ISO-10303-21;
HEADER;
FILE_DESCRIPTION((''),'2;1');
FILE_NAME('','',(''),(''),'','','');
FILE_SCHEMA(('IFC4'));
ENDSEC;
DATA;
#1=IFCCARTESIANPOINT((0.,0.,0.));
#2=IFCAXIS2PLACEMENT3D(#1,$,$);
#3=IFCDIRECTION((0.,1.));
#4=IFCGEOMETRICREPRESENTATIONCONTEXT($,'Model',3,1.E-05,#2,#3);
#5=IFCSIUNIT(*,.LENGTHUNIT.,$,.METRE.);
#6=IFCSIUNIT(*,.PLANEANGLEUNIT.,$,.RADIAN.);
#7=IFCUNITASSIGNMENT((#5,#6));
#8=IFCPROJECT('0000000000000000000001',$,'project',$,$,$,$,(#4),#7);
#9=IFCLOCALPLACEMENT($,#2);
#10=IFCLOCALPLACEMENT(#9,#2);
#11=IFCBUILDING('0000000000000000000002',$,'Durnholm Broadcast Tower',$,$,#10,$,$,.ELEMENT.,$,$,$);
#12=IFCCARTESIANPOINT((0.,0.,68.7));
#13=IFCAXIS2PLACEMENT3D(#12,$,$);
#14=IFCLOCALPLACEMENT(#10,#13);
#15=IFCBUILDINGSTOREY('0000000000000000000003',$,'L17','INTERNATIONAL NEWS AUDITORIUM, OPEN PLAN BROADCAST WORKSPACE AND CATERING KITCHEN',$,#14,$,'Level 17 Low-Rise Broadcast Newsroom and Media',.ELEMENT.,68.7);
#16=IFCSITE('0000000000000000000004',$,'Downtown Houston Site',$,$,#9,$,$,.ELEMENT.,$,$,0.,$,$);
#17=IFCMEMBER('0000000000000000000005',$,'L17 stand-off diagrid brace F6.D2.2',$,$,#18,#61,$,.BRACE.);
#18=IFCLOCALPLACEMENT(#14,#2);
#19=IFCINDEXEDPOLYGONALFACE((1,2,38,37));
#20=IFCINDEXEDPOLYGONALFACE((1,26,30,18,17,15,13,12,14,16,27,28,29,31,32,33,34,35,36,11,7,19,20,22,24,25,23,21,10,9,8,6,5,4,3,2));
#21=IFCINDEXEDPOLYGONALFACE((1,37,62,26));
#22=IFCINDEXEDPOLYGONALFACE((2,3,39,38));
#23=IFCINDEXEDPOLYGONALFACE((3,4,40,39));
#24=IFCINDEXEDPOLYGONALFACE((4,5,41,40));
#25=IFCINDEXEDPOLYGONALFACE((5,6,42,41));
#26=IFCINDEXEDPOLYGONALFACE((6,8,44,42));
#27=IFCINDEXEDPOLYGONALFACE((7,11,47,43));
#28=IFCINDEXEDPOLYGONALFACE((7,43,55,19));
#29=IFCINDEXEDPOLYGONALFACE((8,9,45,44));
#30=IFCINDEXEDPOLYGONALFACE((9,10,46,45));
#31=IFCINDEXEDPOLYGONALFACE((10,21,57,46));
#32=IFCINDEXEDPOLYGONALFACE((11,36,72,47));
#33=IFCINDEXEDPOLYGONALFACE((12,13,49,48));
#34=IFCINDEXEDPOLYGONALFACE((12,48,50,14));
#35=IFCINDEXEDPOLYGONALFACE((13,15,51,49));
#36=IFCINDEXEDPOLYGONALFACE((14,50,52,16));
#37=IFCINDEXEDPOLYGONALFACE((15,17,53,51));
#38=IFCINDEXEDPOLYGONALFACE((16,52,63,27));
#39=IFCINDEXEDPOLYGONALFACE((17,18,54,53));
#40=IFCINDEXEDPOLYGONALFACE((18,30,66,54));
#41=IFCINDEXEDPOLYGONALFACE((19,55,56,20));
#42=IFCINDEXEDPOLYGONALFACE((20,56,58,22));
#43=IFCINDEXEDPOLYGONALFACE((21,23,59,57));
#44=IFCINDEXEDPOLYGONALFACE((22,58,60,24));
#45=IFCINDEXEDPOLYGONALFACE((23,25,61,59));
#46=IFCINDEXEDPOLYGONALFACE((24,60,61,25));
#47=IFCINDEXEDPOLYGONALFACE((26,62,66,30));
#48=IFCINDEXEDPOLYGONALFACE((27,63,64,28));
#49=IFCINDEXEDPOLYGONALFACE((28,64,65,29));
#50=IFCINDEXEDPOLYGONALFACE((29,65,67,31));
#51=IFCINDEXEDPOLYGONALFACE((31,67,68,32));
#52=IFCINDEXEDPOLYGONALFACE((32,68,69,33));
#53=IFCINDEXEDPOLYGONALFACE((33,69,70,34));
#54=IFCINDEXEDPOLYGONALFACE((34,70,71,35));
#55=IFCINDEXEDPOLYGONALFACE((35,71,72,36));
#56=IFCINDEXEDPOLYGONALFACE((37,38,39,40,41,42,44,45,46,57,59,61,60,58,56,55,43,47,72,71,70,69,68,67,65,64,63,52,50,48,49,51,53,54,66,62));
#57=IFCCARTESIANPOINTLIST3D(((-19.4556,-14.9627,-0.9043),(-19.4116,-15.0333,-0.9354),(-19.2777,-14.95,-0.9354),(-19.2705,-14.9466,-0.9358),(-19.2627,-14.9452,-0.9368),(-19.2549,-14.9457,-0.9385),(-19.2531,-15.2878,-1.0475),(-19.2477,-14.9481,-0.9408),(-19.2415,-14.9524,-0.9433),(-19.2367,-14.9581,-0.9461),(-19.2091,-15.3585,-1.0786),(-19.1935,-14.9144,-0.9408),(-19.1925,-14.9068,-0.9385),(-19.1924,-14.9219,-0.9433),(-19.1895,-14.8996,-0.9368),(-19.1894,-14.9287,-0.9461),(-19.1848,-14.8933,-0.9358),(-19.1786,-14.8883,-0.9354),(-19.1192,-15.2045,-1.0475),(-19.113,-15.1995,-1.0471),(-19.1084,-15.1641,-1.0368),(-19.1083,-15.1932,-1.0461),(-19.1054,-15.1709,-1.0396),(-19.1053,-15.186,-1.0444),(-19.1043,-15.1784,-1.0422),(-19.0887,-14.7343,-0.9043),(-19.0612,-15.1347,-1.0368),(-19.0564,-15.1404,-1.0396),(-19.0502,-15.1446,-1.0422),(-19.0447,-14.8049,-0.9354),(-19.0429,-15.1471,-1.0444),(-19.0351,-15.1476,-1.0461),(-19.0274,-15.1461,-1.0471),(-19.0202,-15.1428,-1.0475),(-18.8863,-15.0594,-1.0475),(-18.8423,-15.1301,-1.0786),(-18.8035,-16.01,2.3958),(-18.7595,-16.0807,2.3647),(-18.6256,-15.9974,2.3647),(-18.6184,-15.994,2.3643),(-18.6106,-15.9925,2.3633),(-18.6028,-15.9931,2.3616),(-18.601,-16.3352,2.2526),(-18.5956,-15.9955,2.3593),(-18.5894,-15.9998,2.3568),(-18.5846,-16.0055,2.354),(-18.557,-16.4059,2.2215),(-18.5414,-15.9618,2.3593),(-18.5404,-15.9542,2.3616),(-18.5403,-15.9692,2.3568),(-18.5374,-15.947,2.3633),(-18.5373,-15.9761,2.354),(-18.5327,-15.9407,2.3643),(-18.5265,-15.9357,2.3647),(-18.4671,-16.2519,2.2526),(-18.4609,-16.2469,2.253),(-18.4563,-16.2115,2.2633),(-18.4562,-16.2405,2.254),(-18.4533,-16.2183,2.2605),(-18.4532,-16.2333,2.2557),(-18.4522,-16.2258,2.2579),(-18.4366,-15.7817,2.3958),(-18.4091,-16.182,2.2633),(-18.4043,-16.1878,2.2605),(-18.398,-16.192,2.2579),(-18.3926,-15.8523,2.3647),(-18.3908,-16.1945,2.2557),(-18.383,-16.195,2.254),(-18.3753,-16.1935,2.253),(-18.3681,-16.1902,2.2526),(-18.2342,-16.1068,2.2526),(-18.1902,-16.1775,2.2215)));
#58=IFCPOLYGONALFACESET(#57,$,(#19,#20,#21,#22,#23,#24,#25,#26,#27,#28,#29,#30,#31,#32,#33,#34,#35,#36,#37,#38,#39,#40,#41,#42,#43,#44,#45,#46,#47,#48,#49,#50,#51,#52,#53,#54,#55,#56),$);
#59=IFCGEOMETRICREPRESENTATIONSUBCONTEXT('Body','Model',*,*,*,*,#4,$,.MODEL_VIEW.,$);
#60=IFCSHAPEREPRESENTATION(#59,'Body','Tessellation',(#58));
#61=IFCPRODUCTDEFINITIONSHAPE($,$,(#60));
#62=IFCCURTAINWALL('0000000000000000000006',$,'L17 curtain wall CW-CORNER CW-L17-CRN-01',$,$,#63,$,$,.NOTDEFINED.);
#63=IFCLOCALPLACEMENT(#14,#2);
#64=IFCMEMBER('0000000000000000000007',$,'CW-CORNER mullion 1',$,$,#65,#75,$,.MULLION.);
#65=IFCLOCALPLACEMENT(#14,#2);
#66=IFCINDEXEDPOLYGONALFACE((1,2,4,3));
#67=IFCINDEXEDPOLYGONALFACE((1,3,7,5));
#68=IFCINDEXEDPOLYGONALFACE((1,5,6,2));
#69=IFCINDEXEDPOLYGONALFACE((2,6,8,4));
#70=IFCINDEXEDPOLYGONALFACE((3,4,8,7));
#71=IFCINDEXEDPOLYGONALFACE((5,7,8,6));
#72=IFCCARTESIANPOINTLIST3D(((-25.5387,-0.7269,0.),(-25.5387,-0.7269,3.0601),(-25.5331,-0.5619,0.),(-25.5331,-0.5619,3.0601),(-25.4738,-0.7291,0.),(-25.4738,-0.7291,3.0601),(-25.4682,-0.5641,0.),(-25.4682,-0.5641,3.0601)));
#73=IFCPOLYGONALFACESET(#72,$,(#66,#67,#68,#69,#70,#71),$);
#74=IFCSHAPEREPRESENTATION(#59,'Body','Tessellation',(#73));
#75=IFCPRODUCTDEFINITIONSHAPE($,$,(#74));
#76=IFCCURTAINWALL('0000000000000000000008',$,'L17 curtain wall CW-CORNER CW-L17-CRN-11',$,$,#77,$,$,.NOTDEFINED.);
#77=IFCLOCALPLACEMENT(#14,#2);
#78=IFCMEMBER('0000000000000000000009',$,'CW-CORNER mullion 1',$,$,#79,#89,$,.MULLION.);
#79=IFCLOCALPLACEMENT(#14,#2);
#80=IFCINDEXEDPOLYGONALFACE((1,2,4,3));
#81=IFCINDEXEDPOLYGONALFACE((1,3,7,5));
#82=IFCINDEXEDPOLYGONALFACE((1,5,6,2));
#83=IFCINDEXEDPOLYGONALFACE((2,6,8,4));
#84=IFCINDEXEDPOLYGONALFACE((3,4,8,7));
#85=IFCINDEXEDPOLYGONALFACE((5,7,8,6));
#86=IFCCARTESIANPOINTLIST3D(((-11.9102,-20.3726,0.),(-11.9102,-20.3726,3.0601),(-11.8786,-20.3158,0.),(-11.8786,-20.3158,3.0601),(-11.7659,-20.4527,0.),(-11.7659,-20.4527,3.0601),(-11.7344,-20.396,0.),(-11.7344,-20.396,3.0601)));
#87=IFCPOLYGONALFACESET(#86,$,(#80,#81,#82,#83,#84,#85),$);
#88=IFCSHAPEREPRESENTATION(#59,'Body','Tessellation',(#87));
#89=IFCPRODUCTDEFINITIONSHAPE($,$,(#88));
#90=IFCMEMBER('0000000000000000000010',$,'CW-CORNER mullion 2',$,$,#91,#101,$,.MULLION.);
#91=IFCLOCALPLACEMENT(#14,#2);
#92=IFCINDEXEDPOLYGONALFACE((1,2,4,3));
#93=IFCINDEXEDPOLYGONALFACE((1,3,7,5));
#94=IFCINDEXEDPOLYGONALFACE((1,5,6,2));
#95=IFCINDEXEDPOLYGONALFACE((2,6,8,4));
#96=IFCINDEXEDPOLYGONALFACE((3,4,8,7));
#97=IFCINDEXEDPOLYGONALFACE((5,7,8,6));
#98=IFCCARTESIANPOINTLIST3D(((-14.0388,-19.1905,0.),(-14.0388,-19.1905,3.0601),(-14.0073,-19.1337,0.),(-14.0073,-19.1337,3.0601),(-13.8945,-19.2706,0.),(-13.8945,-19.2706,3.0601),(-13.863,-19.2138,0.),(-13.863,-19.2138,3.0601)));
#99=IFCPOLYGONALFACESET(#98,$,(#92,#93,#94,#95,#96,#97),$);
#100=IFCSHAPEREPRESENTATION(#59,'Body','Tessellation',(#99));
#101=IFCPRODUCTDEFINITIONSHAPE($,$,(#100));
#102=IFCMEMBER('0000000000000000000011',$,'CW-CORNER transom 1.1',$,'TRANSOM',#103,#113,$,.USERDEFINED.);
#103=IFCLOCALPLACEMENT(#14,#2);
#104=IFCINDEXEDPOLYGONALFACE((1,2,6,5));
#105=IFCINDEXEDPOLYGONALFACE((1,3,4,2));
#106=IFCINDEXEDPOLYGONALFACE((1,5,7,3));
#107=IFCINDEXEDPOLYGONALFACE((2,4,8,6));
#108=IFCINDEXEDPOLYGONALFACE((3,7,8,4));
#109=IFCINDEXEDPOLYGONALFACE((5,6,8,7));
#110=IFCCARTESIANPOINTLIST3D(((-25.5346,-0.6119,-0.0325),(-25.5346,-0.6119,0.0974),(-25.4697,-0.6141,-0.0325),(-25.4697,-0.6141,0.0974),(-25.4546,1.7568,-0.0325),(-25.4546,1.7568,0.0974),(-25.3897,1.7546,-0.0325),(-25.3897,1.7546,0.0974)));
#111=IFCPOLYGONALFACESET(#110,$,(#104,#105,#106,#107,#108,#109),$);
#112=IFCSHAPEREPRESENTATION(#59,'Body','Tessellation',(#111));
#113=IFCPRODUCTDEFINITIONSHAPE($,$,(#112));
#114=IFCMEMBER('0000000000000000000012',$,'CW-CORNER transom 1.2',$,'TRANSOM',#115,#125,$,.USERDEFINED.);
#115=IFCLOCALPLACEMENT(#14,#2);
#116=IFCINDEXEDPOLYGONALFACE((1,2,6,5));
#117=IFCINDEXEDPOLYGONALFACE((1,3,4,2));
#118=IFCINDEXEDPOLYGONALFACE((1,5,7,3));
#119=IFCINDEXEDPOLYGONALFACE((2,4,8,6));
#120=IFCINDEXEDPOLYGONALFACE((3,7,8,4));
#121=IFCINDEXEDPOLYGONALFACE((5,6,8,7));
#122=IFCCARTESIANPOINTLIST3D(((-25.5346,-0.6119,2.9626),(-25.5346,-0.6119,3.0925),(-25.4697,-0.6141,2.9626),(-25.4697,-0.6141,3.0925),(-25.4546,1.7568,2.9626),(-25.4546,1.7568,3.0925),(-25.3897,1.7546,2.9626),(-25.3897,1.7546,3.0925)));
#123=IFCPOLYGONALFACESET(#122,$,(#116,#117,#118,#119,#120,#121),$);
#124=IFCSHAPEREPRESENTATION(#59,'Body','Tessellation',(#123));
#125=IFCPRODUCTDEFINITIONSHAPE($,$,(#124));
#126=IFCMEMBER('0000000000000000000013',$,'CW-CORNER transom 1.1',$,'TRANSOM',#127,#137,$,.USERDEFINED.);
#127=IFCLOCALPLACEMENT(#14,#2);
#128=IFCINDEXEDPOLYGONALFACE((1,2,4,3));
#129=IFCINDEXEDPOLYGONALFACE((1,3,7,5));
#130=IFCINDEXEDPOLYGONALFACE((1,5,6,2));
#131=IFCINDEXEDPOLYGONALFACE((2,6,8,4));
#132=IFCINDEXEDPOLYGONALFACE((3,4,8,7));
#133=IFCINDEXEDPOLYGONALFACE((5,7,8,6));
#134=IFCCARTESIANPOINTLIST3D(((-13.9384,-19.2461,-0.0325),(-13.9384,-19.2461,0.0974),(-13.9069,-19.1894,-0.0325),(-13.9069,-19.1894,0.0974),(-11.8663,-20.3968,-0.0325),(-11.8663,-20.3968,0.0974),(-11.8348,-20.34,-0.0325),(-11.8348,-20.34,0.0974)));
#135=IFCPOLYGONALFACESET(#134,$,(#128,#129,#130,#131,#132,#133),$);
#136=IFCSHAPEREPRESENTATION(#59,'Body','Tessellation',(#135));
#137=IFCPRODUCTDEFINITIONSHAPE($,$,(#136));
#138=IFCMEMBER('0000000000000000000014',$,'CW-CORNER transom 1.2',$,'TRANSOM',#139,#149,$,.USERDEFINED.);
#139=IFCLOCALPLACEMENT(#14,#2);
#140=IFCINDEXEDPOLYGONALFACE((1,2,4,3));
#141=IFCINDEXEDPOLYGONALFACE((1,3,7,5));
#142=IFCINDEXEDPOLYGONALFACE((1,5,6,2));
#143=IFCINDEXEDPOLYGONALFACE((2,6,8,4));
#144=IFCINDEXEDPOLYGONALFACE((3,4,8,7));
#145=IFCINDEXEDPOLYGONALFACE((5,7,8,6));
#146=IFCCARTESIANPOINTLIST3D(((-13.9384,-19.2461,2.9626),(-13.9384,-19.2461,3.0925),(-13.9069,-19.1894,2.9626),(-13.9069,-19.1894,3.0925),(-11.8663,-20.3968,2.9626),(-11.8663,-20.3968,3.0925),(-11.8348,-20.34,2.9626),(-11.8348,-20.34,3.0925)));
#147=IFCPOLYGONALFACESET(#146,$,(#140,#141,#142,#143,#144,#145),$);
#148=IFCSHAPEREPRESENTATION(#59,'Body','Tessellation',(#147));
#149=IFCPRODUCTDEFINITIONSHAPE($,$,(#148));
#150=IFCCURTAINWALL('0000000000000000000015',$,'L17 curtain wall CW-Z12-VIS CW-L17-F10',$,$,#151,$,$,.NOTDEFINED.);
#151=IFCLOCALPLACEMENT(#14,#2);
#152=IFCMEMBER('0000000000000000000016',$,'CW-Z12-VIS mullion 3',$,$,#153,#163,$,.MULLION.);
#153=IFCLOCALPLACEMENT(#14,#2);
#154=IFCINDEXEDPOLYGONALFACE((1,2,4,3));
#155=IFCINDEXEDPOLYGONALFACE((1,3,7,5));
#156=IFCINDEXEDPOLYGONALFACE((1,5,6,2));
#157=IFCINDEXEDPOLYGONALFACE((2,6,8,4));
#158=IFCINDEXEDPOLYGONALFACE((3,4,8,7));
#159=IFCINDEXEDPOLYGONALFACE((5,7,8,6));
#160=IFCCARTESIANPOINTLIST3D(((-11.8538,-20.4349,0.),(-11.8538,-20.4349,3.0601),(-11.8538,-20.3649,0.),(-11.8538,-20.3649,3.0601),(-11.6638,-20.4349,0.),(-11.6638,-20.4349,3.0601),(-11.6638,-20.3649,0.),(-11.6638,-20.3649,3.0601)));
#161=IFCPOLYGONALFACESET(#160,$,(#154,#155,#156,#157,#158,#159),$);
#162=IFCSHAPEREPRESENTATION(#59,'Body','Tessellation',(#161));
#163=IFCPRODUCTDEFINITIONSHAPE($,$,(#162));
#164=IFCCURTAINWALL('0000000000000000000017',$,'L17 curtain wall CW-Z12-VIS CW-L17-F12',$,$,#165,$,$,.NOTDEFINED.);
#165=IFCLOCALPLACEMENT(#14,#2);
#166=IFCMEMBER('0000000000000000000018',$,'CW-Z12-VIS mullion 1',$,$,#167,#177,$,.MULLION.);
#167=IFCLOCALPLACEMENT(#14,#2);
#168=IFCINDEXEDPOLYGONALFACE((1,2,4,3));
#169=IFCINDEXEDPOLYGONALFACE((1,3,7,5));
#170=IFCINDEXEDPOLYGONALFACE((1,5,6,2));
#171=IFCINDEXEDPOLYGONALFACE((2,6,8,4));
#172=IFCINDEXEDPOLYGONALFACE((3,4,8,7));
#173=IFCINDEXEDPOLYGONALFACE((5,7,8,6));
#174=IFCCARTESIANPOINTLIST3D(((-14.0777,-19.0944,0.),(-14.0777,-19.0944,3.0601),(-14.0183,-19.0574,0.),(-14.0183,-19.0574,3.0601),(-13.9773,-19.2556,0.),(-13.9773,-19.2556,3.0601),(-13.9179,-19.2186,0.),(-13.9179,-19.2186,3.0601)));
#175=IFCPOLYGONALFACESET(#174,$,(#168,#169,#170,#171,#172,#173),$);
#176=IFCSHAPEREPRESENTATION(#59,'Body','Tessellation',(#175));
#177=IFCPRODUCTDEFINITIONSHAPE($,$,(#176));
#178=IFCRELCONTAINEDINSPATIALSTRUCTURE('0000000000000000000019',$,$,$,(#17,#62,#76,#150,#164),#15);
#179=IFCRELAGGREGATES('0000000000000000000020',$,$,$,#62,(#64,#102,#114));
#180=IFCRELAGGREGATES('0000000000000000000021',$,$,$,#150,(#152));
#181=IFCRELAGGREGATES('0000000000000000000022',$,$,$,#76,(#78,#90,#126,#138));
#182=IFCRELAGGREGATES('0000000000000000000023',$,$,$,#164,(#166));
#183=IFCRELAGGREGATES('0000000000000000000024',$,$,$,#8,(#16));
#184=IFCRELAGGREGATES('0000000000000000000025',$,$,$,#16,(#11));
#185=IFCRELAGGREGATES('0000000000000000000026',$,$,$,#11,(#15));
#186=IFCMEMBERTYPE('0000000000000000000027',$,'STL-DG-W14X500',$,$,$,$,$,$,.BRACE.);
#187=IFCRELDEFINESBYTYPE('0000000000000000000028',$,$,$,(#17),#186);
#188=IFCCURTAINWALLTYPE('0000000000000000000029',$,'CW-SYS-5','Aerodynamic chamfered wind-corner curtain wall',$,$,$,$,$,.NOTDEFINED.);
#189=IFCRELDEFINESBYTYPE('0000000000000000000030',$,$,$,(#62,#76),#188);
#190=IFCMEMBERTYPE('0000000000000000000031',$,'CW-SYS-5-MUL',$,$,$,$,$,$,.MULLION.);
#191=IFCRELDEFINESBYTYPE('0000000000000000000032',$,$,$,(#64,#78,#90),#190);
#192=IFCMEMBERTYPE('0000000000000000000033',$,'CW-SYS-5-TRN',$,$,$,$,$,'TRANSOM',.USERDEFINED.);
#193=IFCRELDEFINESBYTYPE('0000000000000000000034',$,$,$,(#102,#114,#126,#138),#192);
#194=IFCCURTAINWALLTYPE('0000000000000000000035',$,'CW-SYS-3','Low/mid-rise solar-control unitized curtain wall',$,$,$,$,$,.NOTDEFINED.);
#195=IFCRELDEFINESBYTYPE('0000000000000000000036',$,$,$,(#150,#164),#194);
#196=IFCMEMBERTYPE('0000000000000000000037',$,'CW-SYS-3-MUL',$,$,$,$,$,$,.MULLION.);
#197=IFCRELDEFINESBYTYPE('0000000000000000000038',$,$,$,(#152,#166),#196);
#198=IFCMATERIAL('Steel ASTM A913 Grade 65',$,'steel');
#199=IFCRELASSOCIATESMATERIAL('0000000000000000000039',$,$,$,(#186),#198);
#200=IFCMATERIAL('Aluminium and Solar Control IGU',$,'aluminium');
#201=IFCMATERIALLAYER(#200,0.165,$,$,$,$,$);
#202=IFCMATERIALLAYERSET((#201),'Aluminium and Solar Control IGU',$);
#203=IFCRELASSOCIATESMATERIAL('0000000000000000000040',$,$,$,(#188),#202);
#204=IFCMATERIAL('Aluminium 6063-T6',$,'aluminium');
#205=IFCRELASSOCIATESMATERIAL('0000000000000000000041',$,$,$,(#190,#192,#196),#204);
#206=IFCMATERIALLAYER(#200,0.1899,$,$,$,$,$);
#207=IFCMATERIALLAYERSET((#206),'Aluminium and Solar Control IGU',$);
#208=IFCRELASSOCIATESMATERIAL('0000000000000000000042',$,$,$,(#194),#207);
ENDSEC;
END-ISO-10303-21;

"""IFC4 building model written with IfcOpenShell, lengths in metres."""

from ifc_helpers import new_model, si_unit, direction, frame, origin, origin_2d, place, context, subcontext, project, spatial, rectangle, i_section, extrude, source, transform, mapped, material, layer, layer_set, material_profile, profile_set, type_object, type_shapes, element, aggregate, save


model = new_model("IFC4")

# Units and contexts
model_context = context("Model", 3, precision=1e-05, world=origin(), true_north=direction((0.0, 1.0)))
body_context = subcontext(model_context, "Body", "Model", "MODEL_VIEW")
ifc_project = project(units=[si_unit("LENGTHUNIT", "METRE"), si_unit("PLANEANGLEUNIT", "RADIAN")], contexts=[model_context])

# Site, building, storey
site_placement = place(None, origin())
site = spatial("IfcSite", under=ifc_project, at=site_placement, Name="Downtown Houston Site", CompositionType="ELEMENT", RefElevation=0.0)
building_placement = place(site_placement, origin())
building = spatial("IfcBuilding", under=site, at=building_placement, Name="Durnholm Broadcast Tower", CompositionType="ELEMENT")
storey_placement = place(building_placement, frame((0.0, 0.0, 68.7)))
storey = spatial("IfcBuildingStorey", under=building, at=storey_placement, Name="L17", Description="INTERNATIONAL NEWS AUDITORIUM, OPEN PLAN BROADCAST WORKSPACE AND CATERING KITCHEN", LongName="Level 17 Low-Rise Broadcast Newsroom and Media", CompositionType="ELEMENT", Elevation=68.7)

# Member
ifc_material_1 = material(Name="Steel ASTM A913 Grade 65", Category="steel")
ifc_material_profile_1 = material_profile(ifc_material_1, i_section(OverallWidth=0.4321, OverallDepth=0.4978, WebThickness=0.0557, FlangeThickness=0.0889, FilletRadius=0.0305, at=origin_2d()), Name="W14X500")
ifc_profile_set_1 = profile_set([ifc_material_profile_1], Name="Steel ASTM A913 Grade 65")
member_type_1 = type_object("IfcMemberType", Name="STL-DG-W14X500", PredefinedType="BRACE", material=ifc_profile_set_1)
shared_shape_1 = source(origin(), body_context, "Body", "SweptSolid", [
    extrude(i_section(OverallWidth=0.4321, OverallDepth=0.4978, WebThickness=0.0557, FlangeThickness=0.0889, FilletRadius=0.0305, at=origin_2d()), origin(), (0.0, 0.0, 1.0), 3.5232),
])
type_shapes(member_type_1, [shared_shape_1])
for number, where, z_axis, x_axis, name in (
    (1, (-19.1489, -15.0464, -0.9915), (0.18509, -0.297281, 0.936678), (0.848909, 0.52854, 0.0), "L17 stand-off diagrid brace F6.D2.2"),
):
    element("IfcMember", number, at=place(storey_placement, frame(where, z_axis=z_axis, x_axis=x_axis)), inside=storey, type_object=member_type_1, Name=name, PredefinedType="BRACE", context=body_context, shape_type="MappedRepresentation", body=[
        mapped(shared_shape_1, transform((0.0, 0.0, 0.0), x_axis=(1.0, 0.0, 0.0), y_axis=(0.0, 1.0, 0.0), z_axis=(0.0, 0.0, 1.0), scale=1.0)),
    ])

# Curtain wall, member
ifc_material_2 = material(Name="Aluminium and Solar Control IGU", Category="aluminium")
ifc_layer_1 = layer(ifc_material_2, 0.165)
ifc_layer_set_1 = layer_set([ifc_layer_1], Name="Aluminium and Solar Control IGU")
curtain_wall_type_1 = type_object("IfcCurtainWallType", Name="CW-SYS-5", Description="Aerodynamic chamfered wind-corner curtain wall", PredefinedType="NOTDEFINED", material=ifc_layer_set_1)
curtain_wall_1_placement = place(storey_placement, origin())
curtain_wall_1 = element("IfcCurtainWall", 2, at=curtain_wall_1_placement, inside=storey, type_object=curtain_wall_type_1, Name="L17 curtain wall CW-CORNER CW-L17-CRN-01", PredefinedType="NOTDEFINED")
ifc_material_3 = material(Name="Aluminium 6063-T6", Category="aluminium")
ifc_material_profile_2 = material_profile(ifc_material_3, rectangle(XDim=0.0649, YDim=0.165, at=origin_2d()), Name="CWM65X165")
ifc_profile_set_2 = profile_set([ifc_material_profile_2], Name="Aluminium 6063-T6")
member_type_2 = type_object("IfcMemberType", Name="CW-SYS-5-MUL", PredefinedType="MULLION", material=ifc_profile_set_2)
shared_shape_2 = source(origin(), body_context, "Body", "SweptSolid", [
    extrude(rectangle(XDim=0.0649, YDim=0.165, at=origin_2d()), origin(), (0.0, 0.0, 1.0), 3.0601),
])
type_shapes(member_type_2, [shared_shape_2])
member_1_placement = place(storey_placement, frame((-25.5034, -0.6455, 0.0), z_axis=(0.0, 0.0, 1.0), x_axis=(-0.999427, 0.03384, 0.0)))
member_1 = element("IfcMember", 3, at=member_1_placement, type_object=member_type_2, Name="CW-CORNER mullion 1", PredefinedType="MULLION", context=body_context, shape_type="MappedRepresentation", body=[
    mapped(shared_shape_2, transform((0.0, 0.0, 0.0), x_axis=(1.0, 0.0, 0.0), y_axis=(0.0, 1.0, 0.0), z_axis=(0.0, 0.0, 1.0), scale=1.0)),
])

# Curtain wall, members
curtain_wall_2_placement = place(storey_placement, origin())
curtain_wall_2 = element("IfcCurtainWall", 4, at=curtain_wall_2_placement, inside=storey, type_object=curtain_wall_type_1, Name="L17 curtain wall CW-CORNER CW-L17-CRN-11", PredefinedType="NOTDEFINED")
member_2_placement = place(storey_placement, frame((-11.8223, -20.3843, 0.0), z_axis=(0.0, 0.0, 1.0), x_axis=(-0.485483, -0.874246, 0.0)))
member_2 = element("IfcMember", 5, at=member_2_placement, type_object=member_type_2, Name="CW-CORNER mullion 1", PredefinedType="MULLION", context=body_context, shape_type="MappedRepresentation", body=[
    mapped(shared_shape_2, transform((0.0, 0.0, 0.0), x_axis=(1.0, 0.0, 0.0), y_axis=(0.0, 1.0, 0.0), z_axis=(0.0, 0.0, 1.0), scale=1.0)),
])
member_3_placement = place(storey_placement, frame((-13.9509, -19.2021, 0.0), z_axis=(0.0, 0.0, 1.0), x_axis=(-0.485483, -0.874246, 0.0)))
member_3 = element("IfcMember", 6, at=member_3_placement, type_object=member_type_2, Name="CW-CORNER mullion 2", PredefinedType="MULLION", context=body_context, shape_type="MappedRepresentation", body=[
    mapped(shared_shape_2, transform((0.0, 0.0, 0.0), x_axis=(1.0, 0.0, 0.0), y_axis=(0.0, 1.0, 0.0), z_axis=(0.0, 0.0, 1.0), scale=1.0)),
])

# Members
ifc_material_profile_3 = material_profile(ifc_material_3, rectangle(XDim=0.0649, YDim=0.1299, at=origin_2d()), Name="CWT65X130")
ifc_profile_set_3 = profile_set([ifc_material_profile_3], Name="Aluminium 6063-T6")
member_type_3 = type_object("IfcMemberType", Name="CW-SYS-5-TRN", ElementType="TRANSOM", PredefinedType="USERDEFINED", material=ifc_profile_set_3)
shared_shape_3 = source(origin(), body_context, "Body", "SweptSolid", [
    extrude(rectangle(XDim=0.0649, YDim=0.1299, at=origin_2d()), origin(), (0.0, 0.0, 1.0), 2.3701),
])
type_shapes(member_type_3, [shared_shape_3])
member_4_placement = place(storey_placement, frame((-25.5022, -0.613, 0.0325), z_axis=(0.033788, 0.999429, 0.0), x_axis=(-0.999429, 0.033788, 0.0)))
member_4 = element("IfcMember", 7, at=member_4_placement, type_object=member_type_3, Name="CW-CORNER transom 1.1", ObjectType="TRANSOM", PredefinedType="USERDEFINED", context=body_context, shape_type="MappedRepresentation", body=[
    mapped(shared_shape_3, transform((0.0, 0.0, 0.0), x_axis=(1.0, 0.0, 0.0), y_axis=(0.0, 1.0, 0.0), z_axis=(0.0, 0.0, 1.0), scale=1.0)),
])
member_5_placement = place(storey_placement, frame((-25.5022, -0.613, 3.0276), z_axis=(0.033788, 0.999429, 0.0), x_axis=(-0.999429, 0.033788, 0.0)))
member_5 = element("IfcMember", 8, at=member_5_placement, type_object=member_type_3, Name="CW-CORNER transom 1.2", ObjectType="TRANSOM", PredefinedType="USERDEFINED", context=body_context, shape_type="MappedRepresentation", body=[
    mapped(shared_shape_3, transform((0.0, 0.0, 0.0), x_axis=(1.0, 0.0, 0.0), y_axis=(0.0, 1.0, 0.0), z_axis=(0.0, 0.0, 1.0), scale=1.0)),
])
aggregate(curtain_wall_1, [member_1, member_4, member_5])
member_6_placement = place(storey_placement, frame((-11.8506, -20.3684, 0.0325), z_axis=(-0.874245, 0.485485, 0.0), x_axis=(-0.485485, -0.874245, 0.0)))
member_6 = element("IfcMember", 9, at=member_6_placement, type_object=member_type_3, Name="CW-CORNER transom 1.1", ObjectType="TRANSOM", PredefinedType="USERDEFINED", context=body_context, shape_type="MappedRepresentation", body=[
    mapped(shared_shape_3, transform((0.0, 0.0, 0.0), x_axis=(1.0, 0.0, 0.0), y_axis=(0.0, 1.0, 0.0), z_axis=(0.0, 0.0, 1.0), scale=1.0)),
])
member_7_placement = place(storey_placement, frame((-11.8506, -20.3684, 3.0276), z_axis=(-0.874245, 0.485485, 0.0), x_axis=(-0.485485, -0.874245, 0.0)))
member_7 = element("IfcMember", 10, at=member_7_placement, type_object=member_type_3, Name="CW-CORNER transom 1.2", ObjectType="TRANSOM", PredefinedType="USERDEFINED", context=body_context, shape_type="MappedRepresentation", body=[
    mapped(shared_shape_3, transform((0.0, 0.0, 0.0), x_axis=(1.0, 0.0, 0.0), y_axis=(0.0, 1.0, 0.0), z_axis=(0.0, 0.0, 1.0), scale=1.0)),
])

# Curtain wall, member
ifc_layer_2 = layer(ifc_material_2, 0.1899)
ifc_layer_set_2 = layer_set([ifc_layer_2], Name="Aluminium and Solar Control IGU")
curtain_wall_type_2 = type_object("IfcCurtainWallType", Name="CW-SYS-3", Description="Low/mid-rise solar-control unitized curtain wall", PredefinedType="NOTDEFINED", material=ifc_layer_set_2)
curtain_wall_3_placement = place(storey_placement, origin())
curtain_wall_3 = element("IfcCurtainWall", 11, at=curtain_wall_3_placement, inside=storey, type_object=curtain_wall_type_2, Name="L17 curtain wall CW-Z12-VIS CW-L17-F10", PredefinedType="NOTDEFINED")
ifc_material_profile_4 = material_profile(ifc_material_3, rectangle(XDim=0.0701, YDim=0.1899, at=origin_2d()), Name="CWM70X190")
ifc_profile_set_4 = profile_set([ifc_material_profile_4], Name="Aluminium 6063-T6")
member_type_4 = type_object("IfcMemberType", Name="CW-SYS-3-MUL", PredefinedType="MULLION", material=ifc_profile_set_4)
shared_shape_4 = source(origin(), body_context, "Body", "SweptSolid", [
    extrude(rectangle(XDim=0.0701, YDim=0.1899, at=origin_2d()), origin(), (0.0, 0.0, 1.0), 3.0601),
])
type_shapes(member_type_4, [shared_shape_4])
member_8_placement = place(storey_placement, frame((-11.7588, -20.3999, 0.0), z_axis=(0.0, 0.0, 1.0), x_axis=(0.0, -1.0, 0.0)))
member_8 = element("IfcMember", 12, at=member_8_placement, type_object=member_type_4, Name="CW-Z12-VIS mullion 3", PredefinedType="MULLION", context=body_context, shape_type="MappedRepresentation", body=[
    mapped(shared_shape_4, transform((0.0, 0.0, 0.0), x_axis=(1.0, 0.0, 0.0), y_axis=(0.0, 1.0, 0.0), z_axis=(0.0, 0.0, 1.0), scale=1.0)),
])
aggregate(curtain_wall_3, [member_8])

# Curtain wall, member
curtain_wall_4_placement = place(storey_placement, origin())
curtain_wall_4 = element("IfcCurtainWall", 13, at=curtain_wall_4_placement, inside=storey, type_object=curtain_wall_type_2, Name="L17 curtain wall CW-Z12-VIS CW-L17-F12", PredefinedType="NOTDEFINED")
member_9_placement = place(storey_placement, frame((-13.9978, -19.1565, 0.0), z_axis=(0.0, 0.0, 1.0), x_axis=(-0.848876, -0.528592, 0.0)))
member_9 = element("IfcMember", 14, at=member_9_placement, type_object=member_type_4, Name="CW-Z12-VIS mullion 1", PredefinedType="MULLION", context=body_context, shape_type="MappedRepresentation", body=[
    mapped(shared_shape_4, transform((0.0, 0.0, 0.0), x_axis=(1.0, 0.0, 0.0), y_axis=(0.0, 1.0, 0.0), z_axis=(0.0, 0.0, 1.0), scale=1.0)),
])

aggregate(curtain_wall_2, [member_2, member_3, member_6, member_7])
aggregate(curtain_wall_4, [member_9])

save(model, "model.ifc")
